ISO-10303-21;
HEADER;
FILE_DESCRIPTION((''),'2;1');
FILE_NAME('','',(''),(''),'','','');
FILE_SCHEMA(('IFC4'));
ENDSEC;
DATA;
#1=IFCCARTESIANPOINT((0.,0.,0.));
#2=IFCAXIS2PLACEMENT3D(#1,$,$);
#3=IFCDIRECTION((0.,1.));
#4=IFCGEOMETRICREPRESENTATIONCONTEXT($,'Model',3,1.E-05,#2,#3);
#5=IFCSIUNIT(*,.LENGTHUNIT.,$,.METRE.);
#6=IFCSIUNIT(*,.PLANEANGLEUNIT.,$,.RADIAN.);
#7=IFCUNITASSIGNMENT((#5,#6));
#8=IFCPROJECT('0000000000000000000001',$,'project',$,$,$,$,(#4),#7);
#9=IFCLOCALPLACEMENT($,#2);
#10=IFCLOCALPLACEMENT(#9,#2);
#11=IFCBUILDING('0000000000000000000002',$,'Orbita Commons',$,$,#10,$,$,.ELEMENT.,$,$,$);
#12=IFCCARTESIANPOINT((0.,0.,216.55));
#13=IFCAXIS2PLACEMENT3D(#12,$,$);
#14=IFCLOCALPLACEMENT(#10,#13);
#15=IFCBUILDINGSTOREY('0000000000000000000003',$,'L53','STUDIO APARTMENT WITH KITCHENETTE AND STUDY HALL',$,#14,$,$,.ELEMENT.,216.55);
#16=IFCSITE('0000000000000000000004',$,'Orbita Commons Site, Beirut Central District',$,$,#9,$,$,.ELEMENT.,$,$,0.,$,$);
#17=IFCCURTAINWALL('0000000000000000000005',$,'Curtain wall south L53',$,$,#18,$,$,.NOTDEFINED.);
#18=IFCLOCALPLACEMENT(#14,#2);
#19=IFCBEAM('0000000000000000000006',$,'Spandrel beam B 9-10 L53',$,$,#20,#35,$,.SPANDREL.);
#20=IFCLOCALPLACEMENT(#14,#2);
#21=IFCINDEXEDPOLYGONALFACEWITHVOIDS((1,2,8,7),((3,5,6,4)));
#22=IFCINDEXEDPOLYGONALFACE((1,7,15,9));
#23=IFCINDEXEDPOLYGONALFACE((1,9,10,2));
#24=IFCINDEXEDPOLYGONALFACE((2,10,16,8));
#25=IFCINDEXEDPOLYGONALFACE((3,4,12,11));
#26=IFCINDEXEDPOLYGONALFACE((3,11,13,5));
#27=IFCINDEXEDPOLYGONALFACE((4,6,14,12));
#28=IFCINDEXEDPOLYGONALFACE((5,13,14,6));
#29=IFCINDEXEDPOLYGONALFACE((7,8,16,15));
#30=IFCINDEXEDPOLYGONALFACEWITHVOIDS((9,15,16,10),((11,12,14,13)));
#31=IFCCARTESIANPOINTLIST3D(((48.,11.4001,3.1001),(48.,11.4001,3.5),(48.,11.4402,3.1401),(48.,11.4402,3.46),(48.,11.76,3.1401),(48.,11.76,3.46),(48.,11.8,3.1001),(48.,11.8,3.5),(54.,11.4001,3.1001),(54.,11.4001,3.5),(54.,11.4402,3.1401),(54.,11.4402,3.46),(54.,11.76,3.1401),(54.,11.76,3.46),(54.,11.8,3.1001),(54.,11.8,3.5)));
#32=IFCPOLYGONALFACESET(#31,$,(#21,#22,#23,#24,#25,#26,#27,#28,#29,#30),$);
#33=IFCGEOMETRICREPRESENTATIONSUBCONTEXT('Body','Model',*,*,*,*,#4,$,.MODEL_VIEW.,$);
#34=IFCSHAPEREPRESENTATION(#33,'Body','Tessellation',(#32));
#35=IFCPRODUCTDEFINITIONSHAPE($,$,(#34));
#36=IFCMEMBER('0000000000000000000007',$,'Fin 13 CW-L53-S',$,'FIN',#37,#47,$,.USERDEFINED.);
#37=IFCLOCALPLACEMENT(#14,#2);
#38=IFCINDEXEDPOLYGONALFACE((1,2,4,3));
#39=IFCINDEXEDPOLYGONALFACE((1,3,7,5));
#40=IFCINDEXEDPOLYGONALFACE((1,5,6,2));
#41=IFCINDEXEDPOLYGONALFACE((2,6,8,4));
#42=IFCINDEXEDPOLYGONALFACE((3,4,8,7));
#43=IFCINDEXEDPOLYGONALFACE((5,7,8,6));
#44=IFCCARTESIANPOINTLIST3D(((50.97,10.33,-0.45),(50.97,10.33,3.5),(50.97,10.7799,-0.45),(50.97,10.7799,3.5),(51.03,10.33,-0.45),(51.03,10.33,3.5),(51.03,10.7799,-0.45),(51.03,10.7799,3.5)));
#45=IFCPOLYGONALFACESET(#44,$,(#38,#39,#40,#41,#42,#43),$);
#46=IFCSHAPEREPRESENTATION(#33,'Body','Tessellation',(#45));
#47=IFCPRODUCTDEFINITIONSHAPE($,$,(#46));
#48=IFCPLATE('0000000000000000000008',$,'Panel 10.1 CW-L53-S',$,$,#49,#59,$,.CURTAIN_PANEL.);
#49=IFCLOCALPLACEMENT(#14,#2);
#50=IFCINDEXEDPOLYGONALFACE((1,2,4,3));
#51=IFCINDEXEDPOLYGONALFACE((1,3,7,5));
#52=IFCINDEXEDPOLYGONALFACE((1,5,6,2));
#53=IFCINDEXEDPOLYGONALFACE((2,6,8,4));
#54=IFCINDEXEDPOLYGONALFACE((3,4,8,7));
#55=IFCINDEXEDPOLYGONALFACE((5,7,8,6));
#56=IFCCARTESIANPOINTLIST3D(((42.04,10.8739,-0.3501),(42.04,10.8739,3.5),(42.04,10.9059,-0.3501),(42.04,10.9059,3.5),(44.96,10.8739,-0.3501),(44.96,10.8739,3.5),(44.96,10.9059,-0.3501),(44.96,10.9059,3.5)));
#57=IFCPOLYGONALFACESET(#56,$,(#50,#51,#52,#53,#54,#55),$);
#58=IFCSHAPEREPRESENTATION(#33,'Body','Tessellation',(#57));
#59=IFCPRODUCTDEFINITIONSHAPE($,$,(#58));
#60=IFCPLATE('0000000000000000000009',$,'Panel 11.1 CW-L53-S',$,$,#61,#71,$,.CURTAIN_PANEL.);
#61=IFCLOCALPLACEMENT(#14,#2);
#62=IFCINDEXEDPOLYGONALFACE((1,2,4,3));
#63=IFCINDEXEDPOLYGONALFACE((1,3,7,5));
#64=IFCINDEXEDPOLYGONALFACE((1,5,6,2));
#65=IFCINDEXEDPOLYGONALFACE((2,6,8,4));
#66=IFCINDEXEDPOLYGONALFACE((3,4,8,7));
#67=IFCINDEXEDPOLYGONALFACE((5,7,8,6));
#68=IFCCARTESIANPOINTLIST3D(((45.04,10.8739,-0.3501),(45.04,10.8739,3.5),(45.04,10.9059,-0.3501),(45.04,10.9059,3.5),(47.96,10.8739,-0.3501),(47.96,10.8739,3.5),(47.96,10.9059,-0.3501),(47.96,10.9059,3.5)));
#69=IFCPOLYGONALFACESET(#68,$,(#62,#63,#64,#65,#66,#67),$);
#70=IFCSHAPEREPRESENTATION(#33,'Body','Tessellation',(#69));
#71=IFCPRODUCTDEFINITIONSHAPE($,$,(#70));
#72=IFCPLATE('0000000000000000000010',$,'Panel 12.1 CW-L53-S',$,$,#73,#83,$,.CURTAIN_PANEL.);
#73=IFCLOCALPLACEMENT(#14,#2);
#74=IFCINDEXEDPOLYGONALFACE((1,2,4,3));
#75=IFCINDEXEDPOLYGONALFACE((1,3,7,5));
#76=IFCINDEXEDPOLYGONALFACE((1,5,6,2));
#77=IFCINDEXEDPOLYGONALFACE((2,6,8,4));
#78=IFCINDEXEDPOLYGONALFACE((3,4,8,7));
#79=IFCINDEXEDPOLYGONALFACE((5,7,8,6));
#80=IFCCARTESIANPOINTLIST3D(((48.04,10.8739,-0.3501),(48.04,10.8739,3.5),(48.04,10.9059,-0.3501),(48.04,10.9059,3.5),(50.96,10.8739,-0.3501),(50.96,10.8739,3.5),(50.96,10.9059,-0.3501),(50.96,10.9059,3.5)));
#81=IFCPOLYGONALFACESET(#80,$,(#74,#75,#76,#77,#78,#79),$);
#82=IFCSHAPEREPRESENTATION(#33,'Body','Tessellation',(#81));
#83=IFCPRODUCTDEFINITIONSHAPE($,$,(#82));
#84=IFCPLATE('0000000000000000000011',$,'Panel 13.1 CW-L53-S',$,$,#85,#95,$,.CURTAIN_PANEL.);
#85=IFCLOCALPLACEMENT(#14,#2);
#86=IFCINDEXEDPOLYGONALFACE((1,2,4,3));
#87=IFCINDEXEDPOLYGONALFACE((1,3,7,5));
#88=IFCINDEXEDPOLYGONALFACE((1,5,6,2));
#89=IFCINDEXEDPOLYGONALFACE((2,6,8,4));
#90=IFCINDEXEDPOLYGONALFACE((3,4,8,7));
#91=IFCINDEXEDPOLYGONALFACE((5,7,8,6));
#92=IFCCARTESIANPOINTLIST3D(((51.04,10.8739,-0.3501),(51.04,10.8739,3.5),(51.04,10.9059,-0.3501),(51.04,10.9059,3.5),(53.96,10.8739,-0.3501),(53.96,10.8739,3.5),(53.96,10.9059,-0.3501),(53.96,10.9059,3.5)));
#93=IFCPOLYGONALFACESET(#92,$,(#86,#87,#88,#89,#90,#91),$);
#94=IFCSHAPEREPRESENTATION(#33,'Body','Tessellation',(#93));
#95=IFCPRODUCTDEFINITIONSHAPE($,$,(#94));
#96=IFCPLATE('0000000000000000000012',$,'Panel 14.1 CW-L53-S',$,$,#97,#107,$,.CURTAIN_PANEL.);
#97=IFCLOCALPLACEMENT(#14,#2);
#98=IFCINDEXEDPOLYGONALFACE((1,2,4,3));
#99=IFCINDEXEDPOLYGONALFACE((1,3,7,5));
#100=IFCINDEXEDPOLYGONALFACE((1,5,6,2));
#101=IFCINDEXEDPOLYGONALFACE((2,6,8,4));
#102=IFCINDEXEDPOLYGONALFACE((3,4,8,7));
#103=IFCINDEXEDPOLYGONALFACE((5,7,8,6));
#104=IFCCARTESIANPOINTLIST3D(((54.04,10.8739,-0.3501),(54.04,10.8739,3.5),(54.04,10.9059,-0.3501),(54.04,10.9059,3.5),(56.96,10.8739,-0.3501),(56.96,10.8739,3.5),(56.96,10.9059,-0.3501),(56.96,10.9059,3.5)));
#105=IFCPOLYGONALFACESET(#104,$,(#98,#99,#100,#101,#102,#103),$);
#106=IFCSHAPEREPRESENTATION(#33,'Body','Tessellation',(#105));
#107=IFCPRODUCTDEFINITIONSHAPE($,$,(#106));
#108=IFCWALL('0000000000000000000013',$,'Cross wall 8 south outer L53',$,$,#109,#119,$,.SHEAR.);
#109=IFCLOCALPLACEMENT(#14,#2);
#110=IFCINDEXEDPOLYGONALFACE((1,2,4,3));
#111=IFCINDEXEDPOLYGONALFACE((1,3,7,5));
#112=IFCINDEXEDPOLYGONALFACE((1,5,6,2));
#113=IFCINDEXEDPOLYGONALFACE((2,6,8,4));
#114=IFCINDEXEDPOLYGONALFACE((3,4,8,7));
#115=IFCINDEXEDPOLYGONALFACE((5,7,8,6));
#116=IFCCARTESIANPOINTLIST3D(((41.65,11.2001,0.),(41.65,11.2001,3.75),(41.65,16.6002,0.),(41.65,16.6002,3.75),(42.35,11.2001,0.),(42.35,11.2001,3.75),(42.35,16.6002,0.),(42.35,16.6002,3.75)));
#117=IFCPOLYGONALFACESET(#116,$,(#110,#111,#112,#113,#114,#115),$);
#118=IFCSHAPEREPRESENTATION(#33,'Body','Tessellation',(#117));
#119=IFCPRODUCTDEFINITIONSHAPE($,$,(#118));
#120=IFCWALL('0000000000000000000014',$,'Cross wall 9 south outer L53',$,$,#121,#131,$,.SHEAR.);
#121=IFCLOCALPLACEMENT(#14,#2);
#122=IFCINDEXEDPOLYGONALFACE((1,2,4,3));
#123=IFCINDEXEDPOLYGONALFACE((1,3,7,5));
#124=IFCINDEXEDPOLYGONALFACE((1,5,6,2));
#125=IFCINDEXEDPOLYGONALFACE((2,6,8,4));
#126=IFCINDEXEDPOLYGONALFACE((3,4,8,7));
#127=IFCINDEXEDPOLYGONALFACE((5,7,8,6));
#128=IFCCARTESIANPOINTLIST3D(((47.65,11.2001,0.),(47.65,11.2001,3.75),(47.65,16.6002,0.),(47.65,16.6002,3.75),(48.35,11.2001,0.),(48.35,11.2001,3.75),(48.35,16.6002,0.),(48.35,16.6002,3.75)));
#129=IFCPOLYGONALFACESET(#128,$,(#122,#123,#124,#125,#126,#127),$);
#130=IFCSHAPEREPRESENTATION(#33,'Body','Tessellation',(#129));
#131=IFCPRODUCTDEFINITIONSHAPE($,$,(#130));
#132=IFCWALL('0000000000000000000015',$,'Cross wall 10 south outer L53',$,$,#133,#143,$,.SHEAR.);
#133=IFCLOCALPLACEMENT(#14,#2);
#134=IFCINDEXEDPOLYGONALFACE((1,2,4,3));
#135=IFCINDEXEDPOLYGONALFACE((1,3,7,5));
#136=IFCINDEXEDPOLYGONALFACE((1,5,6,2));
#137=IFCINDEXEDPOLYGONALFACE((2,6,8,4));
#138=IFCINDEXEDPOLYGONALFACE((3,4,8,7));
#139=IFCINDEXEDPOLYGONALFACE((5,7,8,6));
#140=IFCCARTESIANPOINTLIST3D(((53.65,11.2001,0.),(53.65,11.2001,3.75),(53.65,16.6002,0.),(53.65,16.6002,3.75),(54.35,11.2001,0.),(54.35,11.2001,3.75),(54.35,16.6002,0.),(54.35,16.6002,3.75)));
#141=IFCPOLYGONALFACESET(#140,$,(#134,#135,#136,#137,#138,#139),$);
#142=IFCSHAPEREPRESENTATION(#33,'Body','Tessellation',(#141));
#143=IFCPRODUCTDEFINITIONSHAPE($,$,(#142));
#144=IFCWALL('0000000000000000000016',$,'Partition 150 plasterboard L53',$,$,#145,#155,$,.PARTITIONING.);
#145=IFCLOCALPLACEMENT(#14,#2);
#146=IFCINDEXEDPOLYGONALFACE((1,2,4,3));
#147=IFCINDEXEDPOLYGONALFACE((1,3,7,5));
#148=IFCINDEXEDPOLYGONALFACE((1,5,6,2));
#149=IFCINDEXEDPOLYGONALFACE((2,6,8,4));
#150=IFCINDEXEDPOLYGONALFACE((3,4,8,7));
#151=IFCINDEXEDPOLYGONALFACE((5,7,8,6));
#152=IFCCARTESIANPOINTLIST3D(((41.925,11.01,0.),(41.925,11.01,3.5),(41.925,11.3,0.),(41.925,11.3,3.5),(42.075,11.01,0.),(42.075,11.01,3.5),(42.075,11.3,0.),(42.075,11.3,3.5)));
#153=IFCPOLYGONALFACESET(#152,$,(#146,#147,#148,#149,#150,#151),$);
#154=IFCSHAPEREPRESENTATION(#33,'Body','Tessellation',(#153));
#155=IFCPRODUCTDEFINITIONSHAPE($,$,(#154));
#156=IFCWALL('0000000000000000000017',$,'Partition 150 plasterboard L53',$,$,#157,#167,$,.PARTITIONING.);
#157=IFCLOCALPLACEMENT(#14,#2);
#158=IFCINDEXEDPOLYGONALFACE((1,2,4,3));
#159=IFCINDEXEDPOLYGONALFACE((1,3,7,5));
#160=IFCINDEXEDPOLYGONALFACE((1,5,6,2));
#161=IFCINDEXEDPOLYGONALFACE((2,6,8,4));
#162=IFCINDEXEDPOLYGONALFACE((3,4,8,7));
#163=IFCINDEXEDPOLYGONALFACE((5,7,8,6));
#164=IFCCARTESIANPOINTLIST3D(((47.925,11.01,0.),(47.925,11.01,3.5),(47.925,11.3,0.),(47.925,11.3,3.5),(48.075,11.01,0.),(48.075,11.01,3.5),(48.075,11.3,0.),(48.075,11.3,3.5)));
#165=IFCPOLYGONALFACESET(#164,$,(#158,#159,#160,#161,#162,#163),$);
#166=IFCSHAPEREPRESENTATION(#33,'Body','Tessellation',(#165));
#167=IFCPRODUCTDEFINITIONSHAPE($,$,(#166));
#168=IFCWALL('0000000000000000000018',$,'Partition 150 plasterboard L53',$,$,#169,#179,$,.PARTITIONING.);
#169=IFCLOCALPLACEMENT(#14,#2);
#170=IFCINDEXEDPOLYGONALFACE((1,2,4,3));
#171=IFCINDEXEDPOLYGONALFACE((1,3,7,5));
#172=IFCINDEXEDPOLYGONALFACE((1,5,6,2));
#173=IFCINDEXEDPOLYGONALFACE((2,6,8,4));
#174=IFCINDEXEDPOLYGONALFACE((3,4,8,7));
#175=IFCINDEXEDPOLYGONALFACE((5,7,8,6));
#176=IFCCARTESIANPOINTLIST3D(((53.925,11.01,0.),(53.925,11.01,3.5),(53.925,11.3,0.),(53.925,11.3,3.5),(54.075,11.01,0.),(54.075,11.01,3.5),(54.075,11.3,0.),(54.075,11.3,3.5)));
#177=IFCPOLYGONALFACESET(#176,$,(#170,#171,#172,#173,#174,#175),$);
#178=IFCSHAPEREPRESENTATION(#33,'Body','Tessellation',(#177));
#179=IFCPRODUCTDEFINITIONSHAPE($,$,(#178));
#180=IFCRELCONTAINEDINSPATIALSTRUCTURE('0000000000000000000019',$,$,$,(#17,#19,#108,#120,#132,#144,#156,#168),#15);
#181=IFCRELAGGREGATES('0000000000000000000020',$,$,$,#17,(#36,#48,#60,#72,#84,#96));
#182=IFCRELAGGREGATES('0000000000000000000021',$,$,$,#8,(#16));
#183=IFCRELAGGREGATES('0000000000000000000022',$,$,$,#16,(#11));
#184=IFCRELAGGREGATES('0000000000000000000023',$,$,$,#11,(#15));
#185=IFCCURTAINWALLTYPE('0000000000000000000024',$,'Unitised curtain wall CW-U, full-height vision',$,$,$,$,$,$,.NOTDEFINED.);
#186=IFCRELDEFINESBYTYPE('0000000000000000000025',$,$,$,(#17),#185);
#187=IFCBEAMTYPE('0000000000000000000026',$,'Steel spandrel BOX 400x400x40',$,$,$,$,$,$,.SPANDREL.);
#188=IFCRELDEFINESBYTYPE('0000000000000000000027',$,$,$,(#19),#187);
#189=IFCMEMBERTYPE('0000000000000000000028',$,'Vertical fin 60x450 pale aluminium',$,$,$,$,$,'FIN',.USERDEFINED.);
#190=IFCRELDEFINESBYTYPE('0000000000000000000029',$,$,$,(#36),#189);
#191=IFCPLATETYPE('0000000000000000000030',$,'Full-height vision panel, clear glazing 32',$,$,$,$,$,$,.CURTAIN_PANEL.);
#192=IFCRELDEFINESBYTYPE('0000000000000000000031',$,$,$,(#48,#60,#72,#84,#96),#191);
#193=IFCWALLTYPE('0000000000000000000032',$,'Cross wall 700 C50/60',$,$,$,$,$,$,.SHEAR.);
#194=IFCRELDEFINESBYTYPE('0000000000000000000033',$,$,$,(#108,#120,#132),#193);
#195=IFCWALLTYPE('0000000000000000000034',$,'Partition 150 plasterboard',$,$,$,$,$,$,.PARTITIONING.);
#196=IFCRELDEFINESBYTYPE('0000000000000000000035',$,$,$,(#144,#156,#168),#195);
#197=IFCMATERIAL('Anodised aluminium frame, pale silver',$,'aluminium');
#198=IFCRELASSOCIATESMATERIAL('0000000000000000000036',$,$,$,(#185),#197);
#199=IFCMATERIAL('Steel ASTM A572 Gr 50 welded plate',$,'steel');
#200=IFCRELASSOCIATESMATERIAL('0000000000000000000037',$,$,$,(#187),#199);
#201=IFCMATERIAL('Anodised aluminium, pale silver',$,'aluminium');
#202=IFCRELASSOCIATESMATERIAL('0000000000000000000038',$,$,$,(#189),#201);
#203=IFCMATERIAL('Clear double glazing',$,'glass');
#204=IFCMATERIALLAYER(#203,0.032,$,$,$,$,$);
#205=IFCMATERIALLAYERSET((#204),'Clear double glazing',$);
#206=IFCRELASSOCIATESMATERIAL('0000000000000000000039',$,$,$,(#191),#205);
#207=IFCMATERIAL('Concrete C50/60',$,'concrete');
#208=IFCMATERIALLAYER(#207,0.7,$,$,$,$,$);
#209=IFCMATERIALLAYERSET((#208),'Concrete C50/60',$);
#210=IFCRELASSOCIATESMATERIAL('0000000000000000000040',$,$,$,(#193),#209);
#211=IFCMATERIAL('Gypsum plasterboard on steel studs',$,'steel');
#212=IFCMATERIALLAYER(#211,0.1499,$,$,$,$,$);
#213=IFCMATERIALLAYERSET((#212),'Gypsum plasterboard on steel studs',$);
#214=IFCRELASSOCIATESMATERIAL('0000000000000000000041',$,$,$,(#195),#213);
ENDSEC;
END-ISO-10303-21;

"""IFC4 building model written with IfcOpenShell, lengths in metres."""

from ifc_helpers import new_model, si_unit, direction, frame, frame_2d, origin, origin_2d, place, context, subcontext, project, spatial, rectangle, hollow_rectangle, extrude, material, layer, layer_set, material_profile, profile_set, type_object, element, aggregate, save


model = new_model("IFC4")

# Units and contexts
model_context = context("Model", 3, precision=1e-05, world=origin(), true_north=direction((0.0, 1.0)))
body_context = subcontext(model_context, "Body", "Model", "MODEL_VIEW")
ifc_project = project(units=[si_unit("LENGTHUNIT", "METRE"), si_unit("PLANEANGLEUNIT", "RADIAN")], contexts=[model_context])

# Site, building, storey
site_placement = place(None, origin())
site = spatial("IfcSite", under=ifc_project, at=site_placement, Name="Orbita Commons Site, Beirut Central District", CompositionType="ELEMENT", RefElevation=0.0)
building_placement = place(site_placement, origin())
building = spatial("IfcBuilding", under=site, at=building_placement, Name="Orbita Commons", CompositionType="ELEMENT")
storey_placement = place(building_placement, frame((0.0, 0.0, 216.55)))
storey = spatial("IfcBuildingStorey", under=building, at=storey_placement, Name="L53", Description="STUDIO APARTMENT WITH KITCHENETTE AND STUDY HALL", CompositionType="ELEMENT", Elevation=216.55)

# Curtain wall
ifc_material_1 = material(Name="Anodised aluminium frame, pale silver", Category="aluminium")
curtain_wall_type = type_object("IfcCurtainWallType", Name="Unitised curtain wall CW-U, full-height vision", PredefinedType="NOTDEFINED", material=ifc_material_1)
curtain_wall_placement = place(storey_placement, origin())
curtain_wall = element("IfcCurtainWall", 1, at=curtain_wall_placement, inside=storey, type_object=curtain_wall_type, Name="Curtain wall south L53", PredefinedType="NOTDEFINED")

# Beam
ifc_material_2 = material(Name="Steel ASTM A572 Gr 50 welded plate", Category="steel")
ifc_material_profile_1 = material_profile(ifc_material_2, hollow_rectangle(XDim=0.3999, YDim=0.3999, WallThickness=0.04, at=origin_2d()), Name="BOX 400x400x40")
ifc_profile_set_1 = profile_set([ifc_material_profile_1], Name="Steel ASTM A572 Gr 50 welded plate")
beam_type = type_object("IfcBeamType", Name="Steel spandrel BOX 400x400x40", PredefinedType="SPANDREL", material=ifc_profile_set_1)
for number, where, z_axis, x_axis, name in (
    (2, (48.0, 11.6001, 3.3), (1.0, 0.0, 0.0), (0.0, 1.0, 0.0), "Spandrel beam B 9-10 L53"),
):
    element("IfcBeam", number, at=place(storey_placement, frame(where, z_axis=z_axis, x_axis=x_axis)), inside=storey, type_object=beam_type, Name=name, PredefinedType="SPANDREL", context=body_context, shape_type="SweptSolid", body=[
        extrude(hollow_rectangle(XDim=0.3999, YDim=0.3999, WallThickness=0.04, at=origin_2d()), origin(), (0.0, 0.0, 1.0), 6.0),
    ])

# Member
ifc_material_3 = material(Name="Anodised aluminium, pale silver", Category="aluminium")
ifc_material_profile_2 = material_profile(ifc_material_3, rectangle(XDim=0.0601, YDim=0.45, at=origin_2d()), Name="FIN 60x450")
ifc_profile_set_2 = profile_set([ifc_material_profile_2], Name="Anodised aluminium, pale silver")
member_type_1 = type_object("IfcMemberType", Name="Vertical fin 60x450 pale aluminium", ElementType="FIN", PredefinedType="USERDEFINED", material=ifc_profile_set_2)
member_1_placement = place(storey_placement, frame((51.0, 10.5549, -0.45), z_axis=(0.0, 0.0, 1.0), x_axis=(1.0, 0.0, 0.0)))
member_1 = element("IfcMember", 3, at=member_1_placement, type_object=member_type_1, Name="Fin 13 CW-L53-S", ObjectType="FIN", PredefinedType="USERDEFINED", context=body_context, shape_type="SweptSolid", body=[
    extrude(rectangle(XDim=0.0601, YDim=0.45, at=origin_2d()), origin(), (0.0, 0.0, 1.0), 3.95),
])

# Plates
ifc_material_4 = material(Name="Clear double glazing", Category="glass")
ifc_layer_1 = layer(ifc_material_4, 0.032)
ifc_layer_set_1 = layer_set([ifc_layer_1], Name="Clear double glazing")
plate_type = type_object("IfcPlateType", Name="Full-height vision panel, clear glazing 32", PredefinedType="CURTAIN_PANEL", material=ifc_layer_set_1)
plate_1_placement = place(storey_placement, frame((43.5, 10.8899, -0.3501), z_axis=(0.0, 0.0, 1.0), x_axis=(1.0, 0.0, 0.0)))
plate_1 = element("IfcPlate", 4, at=plate_1_placement, type_object=plate_type, Name="Panel 10.1 CW-L53-S", PredefinedType="CURTAIN_PANEL", context=body_context, shape_type="SweptSolid", body=[
    extrude(rectangle(XDim=2.9199, YDim=0.032, at=origin_2d()), origin(), (0.0, 0.0, 1.0), 3.8501),
])
plate_2_placement = place(storey_placement, frame((46.5, 10.8899, -0.3501), z_axis=(0.0, 0.0, 1.0), x_axis=(1.0, 0.0, 0.0)))
plate_2 = element("IfcPlate", 5, at=plate_2_placement, type_object=plate_type, Name="Panel 11.1 CW-L53-S", PredefinedType="CURTAIN_PANEL", context=body_context, shape_type="SweptSolid", body=[
    extrude(rectangle(XDim=2.9199, YDim=0.032, at=origin_2d()), origin(), (0.0, 0.0, 1.0), 3.8501),
])
plate_3_placement = place(storey_placement, frame((49.5, 10.8899, -0.3501), z_axis=(0.0, 0.0, 1.0), x_axis=(1.0, 0.0, 0.0)))
plate_3 = element("IfcPlate", 6, at=plate_3_placement, type_object=plate_type, Name="Panel 12.1 CW-L53-S", PredefinedType="CURTAIN_PANEL", context=body_context, shape_type="SweptSolid", body=[
    extrude(rectangle(XDim=2.9199, YDim=0.032, at=origin_2d()), origin(), (0.0, 0.0, 1.0), 3.8501),
])
plate_4_placement = place(storey_placement, frame((52.5, 10.8899, -0.3501), z_axis=(0.0, 0.0, 1.0), x_axis=(1.0, 0.0, 0.0)))
plate_4 = element("IfcPlate", 7, at=plate_4_placement, type_object=plate_type, Name="Panel 13.1 CW-L53-S", PredefinedType="CURTAIN_PANEL", context=body_context, shape_type="SweptSolid", body=[
    extrude(rectangle(XDim=2.9199, YDim=0.032, at=origin_2d()), origin(), (0.0, 0.0, 1.0), 3.8501),
])
plate_5_placement = place(storey_placement, frame((55.5, 10.8899, -0.3501), z_axis=(0.0, 0.0, 1.0), x_axis=(1.0, 0.0, 0.0)))
plate_5 = element("IfcPlate", 8, at=plate_5_placement, type_object=plate_type, Name="Panel 14.1 CW-L53-S", PredefinedType="CURTAIN_PANEL", context=body_context, shape_type="SweptSolid", body=[
    extrude(rectangle(XDim=2.9199, YDim=0.032, at=origin_2d()), origin(), (0.0, 0.0, 1.0), 3.8501),
])
aggregate(curtain_wall, [member_1, plate_1, plate_2, plate_3, plate_4, plate_5])

# Walls
ifc_material_5 = material(Name="Concrete C50/60", Category="concrete")
ifc_layer_2 = layer(ifc_material_5, 0.7)
ifc_layer_set_2 = layer_set([ifc_layer_2], Name="Concrete C50/60")
wall_type_1 = type_object("IfcWallType", Name="Cross wall 700 C50/60", PredefinedType="SHEAR", material=ifc_layer_set_2)
for number, where, z_axis, x_axis, name in (
    (9, (42.0, 11.2, 0.0), (0.0, 0.0, 1.0), (0.0, 1.0, 0.0), "Cross wall 8 south outer L53"),
    (10, (48.0, 11.2, 0.0), (0.0, 0.0, 1.0), (0.0, 1.0, 0.0), "Cross wall 9 south outer L53"),
    (11, (54.0, 11.2, 0.0), (0.0, 0.0, 1.0), (0.0, 1.0, 0.0), "Cross wall 10 south outer L53"),
):
    element("IfcWall", number, at=place(storey_placement, frame(where, z_axis=z_axis, x_axis=x_axis)), inside=storey, type_object=wall_type_1, Name=name, PredefinedType="SHEAR", context=body_context, shape_type="SweptSolid", body=[
        extrude(rectangle(XDim=5.4001, YDim=0.7, at=frame_2d((2.7002, 0.0))), origin(), (0.0, 0.0, 1.0), 3.75),
    ])
ifc_material_6 = material(Name="Gypsum plasterboard on steel studs", Category="steel")
ifc_layer_3 = layer(ifc_material_6, 0.1499)
ifc_layer_set_3 = layer_set([ifc_layer_3], Name="Gypsum plasterboard on steel studs")
wall_type_2 = type_object("IfcWallType", Name="Partition 150 plasterboard", PredefinedType="PARTITIONING", material=ifc_layer_set_3)
for number, where, z_axis, x_axis, name in (
    (12, (42.0, 11.3, 0.0), (0.0, 0.0, 1.0), (0.0, -1.0, 0.0), "Partition 150 plasterboard L53"),
    (13, (48.0, 11.3, 0.0), (0.0, 0.0, 1.0), (0.0, -1.0, 0.0), "Partition 150 plasterboard L53"),
    (14, (54.0, 11.3, 0.0), (0.0, 0.0, 1.0), (0.0, -1.0, 0.0), "Partition 150 plasterboard L53"),
):
    element("IfcWall", number, at=place(storey_placement, frame(where, z_axis=z_axis, x_axis=x_axis)), inside=storey, type_object=wall_type_2, Name=name, PredefinedType="PARTITIONING", context=body_context, shape_type="SweptSolid", body=[
        extrude(rectangle(XDim=0.29, YDim=0.1499, at=frame_2d((0.145, 0.0))), origin(), (0.0, 0.0, 1.0), 3.5),
    ])

save(model, "model.ifc")
